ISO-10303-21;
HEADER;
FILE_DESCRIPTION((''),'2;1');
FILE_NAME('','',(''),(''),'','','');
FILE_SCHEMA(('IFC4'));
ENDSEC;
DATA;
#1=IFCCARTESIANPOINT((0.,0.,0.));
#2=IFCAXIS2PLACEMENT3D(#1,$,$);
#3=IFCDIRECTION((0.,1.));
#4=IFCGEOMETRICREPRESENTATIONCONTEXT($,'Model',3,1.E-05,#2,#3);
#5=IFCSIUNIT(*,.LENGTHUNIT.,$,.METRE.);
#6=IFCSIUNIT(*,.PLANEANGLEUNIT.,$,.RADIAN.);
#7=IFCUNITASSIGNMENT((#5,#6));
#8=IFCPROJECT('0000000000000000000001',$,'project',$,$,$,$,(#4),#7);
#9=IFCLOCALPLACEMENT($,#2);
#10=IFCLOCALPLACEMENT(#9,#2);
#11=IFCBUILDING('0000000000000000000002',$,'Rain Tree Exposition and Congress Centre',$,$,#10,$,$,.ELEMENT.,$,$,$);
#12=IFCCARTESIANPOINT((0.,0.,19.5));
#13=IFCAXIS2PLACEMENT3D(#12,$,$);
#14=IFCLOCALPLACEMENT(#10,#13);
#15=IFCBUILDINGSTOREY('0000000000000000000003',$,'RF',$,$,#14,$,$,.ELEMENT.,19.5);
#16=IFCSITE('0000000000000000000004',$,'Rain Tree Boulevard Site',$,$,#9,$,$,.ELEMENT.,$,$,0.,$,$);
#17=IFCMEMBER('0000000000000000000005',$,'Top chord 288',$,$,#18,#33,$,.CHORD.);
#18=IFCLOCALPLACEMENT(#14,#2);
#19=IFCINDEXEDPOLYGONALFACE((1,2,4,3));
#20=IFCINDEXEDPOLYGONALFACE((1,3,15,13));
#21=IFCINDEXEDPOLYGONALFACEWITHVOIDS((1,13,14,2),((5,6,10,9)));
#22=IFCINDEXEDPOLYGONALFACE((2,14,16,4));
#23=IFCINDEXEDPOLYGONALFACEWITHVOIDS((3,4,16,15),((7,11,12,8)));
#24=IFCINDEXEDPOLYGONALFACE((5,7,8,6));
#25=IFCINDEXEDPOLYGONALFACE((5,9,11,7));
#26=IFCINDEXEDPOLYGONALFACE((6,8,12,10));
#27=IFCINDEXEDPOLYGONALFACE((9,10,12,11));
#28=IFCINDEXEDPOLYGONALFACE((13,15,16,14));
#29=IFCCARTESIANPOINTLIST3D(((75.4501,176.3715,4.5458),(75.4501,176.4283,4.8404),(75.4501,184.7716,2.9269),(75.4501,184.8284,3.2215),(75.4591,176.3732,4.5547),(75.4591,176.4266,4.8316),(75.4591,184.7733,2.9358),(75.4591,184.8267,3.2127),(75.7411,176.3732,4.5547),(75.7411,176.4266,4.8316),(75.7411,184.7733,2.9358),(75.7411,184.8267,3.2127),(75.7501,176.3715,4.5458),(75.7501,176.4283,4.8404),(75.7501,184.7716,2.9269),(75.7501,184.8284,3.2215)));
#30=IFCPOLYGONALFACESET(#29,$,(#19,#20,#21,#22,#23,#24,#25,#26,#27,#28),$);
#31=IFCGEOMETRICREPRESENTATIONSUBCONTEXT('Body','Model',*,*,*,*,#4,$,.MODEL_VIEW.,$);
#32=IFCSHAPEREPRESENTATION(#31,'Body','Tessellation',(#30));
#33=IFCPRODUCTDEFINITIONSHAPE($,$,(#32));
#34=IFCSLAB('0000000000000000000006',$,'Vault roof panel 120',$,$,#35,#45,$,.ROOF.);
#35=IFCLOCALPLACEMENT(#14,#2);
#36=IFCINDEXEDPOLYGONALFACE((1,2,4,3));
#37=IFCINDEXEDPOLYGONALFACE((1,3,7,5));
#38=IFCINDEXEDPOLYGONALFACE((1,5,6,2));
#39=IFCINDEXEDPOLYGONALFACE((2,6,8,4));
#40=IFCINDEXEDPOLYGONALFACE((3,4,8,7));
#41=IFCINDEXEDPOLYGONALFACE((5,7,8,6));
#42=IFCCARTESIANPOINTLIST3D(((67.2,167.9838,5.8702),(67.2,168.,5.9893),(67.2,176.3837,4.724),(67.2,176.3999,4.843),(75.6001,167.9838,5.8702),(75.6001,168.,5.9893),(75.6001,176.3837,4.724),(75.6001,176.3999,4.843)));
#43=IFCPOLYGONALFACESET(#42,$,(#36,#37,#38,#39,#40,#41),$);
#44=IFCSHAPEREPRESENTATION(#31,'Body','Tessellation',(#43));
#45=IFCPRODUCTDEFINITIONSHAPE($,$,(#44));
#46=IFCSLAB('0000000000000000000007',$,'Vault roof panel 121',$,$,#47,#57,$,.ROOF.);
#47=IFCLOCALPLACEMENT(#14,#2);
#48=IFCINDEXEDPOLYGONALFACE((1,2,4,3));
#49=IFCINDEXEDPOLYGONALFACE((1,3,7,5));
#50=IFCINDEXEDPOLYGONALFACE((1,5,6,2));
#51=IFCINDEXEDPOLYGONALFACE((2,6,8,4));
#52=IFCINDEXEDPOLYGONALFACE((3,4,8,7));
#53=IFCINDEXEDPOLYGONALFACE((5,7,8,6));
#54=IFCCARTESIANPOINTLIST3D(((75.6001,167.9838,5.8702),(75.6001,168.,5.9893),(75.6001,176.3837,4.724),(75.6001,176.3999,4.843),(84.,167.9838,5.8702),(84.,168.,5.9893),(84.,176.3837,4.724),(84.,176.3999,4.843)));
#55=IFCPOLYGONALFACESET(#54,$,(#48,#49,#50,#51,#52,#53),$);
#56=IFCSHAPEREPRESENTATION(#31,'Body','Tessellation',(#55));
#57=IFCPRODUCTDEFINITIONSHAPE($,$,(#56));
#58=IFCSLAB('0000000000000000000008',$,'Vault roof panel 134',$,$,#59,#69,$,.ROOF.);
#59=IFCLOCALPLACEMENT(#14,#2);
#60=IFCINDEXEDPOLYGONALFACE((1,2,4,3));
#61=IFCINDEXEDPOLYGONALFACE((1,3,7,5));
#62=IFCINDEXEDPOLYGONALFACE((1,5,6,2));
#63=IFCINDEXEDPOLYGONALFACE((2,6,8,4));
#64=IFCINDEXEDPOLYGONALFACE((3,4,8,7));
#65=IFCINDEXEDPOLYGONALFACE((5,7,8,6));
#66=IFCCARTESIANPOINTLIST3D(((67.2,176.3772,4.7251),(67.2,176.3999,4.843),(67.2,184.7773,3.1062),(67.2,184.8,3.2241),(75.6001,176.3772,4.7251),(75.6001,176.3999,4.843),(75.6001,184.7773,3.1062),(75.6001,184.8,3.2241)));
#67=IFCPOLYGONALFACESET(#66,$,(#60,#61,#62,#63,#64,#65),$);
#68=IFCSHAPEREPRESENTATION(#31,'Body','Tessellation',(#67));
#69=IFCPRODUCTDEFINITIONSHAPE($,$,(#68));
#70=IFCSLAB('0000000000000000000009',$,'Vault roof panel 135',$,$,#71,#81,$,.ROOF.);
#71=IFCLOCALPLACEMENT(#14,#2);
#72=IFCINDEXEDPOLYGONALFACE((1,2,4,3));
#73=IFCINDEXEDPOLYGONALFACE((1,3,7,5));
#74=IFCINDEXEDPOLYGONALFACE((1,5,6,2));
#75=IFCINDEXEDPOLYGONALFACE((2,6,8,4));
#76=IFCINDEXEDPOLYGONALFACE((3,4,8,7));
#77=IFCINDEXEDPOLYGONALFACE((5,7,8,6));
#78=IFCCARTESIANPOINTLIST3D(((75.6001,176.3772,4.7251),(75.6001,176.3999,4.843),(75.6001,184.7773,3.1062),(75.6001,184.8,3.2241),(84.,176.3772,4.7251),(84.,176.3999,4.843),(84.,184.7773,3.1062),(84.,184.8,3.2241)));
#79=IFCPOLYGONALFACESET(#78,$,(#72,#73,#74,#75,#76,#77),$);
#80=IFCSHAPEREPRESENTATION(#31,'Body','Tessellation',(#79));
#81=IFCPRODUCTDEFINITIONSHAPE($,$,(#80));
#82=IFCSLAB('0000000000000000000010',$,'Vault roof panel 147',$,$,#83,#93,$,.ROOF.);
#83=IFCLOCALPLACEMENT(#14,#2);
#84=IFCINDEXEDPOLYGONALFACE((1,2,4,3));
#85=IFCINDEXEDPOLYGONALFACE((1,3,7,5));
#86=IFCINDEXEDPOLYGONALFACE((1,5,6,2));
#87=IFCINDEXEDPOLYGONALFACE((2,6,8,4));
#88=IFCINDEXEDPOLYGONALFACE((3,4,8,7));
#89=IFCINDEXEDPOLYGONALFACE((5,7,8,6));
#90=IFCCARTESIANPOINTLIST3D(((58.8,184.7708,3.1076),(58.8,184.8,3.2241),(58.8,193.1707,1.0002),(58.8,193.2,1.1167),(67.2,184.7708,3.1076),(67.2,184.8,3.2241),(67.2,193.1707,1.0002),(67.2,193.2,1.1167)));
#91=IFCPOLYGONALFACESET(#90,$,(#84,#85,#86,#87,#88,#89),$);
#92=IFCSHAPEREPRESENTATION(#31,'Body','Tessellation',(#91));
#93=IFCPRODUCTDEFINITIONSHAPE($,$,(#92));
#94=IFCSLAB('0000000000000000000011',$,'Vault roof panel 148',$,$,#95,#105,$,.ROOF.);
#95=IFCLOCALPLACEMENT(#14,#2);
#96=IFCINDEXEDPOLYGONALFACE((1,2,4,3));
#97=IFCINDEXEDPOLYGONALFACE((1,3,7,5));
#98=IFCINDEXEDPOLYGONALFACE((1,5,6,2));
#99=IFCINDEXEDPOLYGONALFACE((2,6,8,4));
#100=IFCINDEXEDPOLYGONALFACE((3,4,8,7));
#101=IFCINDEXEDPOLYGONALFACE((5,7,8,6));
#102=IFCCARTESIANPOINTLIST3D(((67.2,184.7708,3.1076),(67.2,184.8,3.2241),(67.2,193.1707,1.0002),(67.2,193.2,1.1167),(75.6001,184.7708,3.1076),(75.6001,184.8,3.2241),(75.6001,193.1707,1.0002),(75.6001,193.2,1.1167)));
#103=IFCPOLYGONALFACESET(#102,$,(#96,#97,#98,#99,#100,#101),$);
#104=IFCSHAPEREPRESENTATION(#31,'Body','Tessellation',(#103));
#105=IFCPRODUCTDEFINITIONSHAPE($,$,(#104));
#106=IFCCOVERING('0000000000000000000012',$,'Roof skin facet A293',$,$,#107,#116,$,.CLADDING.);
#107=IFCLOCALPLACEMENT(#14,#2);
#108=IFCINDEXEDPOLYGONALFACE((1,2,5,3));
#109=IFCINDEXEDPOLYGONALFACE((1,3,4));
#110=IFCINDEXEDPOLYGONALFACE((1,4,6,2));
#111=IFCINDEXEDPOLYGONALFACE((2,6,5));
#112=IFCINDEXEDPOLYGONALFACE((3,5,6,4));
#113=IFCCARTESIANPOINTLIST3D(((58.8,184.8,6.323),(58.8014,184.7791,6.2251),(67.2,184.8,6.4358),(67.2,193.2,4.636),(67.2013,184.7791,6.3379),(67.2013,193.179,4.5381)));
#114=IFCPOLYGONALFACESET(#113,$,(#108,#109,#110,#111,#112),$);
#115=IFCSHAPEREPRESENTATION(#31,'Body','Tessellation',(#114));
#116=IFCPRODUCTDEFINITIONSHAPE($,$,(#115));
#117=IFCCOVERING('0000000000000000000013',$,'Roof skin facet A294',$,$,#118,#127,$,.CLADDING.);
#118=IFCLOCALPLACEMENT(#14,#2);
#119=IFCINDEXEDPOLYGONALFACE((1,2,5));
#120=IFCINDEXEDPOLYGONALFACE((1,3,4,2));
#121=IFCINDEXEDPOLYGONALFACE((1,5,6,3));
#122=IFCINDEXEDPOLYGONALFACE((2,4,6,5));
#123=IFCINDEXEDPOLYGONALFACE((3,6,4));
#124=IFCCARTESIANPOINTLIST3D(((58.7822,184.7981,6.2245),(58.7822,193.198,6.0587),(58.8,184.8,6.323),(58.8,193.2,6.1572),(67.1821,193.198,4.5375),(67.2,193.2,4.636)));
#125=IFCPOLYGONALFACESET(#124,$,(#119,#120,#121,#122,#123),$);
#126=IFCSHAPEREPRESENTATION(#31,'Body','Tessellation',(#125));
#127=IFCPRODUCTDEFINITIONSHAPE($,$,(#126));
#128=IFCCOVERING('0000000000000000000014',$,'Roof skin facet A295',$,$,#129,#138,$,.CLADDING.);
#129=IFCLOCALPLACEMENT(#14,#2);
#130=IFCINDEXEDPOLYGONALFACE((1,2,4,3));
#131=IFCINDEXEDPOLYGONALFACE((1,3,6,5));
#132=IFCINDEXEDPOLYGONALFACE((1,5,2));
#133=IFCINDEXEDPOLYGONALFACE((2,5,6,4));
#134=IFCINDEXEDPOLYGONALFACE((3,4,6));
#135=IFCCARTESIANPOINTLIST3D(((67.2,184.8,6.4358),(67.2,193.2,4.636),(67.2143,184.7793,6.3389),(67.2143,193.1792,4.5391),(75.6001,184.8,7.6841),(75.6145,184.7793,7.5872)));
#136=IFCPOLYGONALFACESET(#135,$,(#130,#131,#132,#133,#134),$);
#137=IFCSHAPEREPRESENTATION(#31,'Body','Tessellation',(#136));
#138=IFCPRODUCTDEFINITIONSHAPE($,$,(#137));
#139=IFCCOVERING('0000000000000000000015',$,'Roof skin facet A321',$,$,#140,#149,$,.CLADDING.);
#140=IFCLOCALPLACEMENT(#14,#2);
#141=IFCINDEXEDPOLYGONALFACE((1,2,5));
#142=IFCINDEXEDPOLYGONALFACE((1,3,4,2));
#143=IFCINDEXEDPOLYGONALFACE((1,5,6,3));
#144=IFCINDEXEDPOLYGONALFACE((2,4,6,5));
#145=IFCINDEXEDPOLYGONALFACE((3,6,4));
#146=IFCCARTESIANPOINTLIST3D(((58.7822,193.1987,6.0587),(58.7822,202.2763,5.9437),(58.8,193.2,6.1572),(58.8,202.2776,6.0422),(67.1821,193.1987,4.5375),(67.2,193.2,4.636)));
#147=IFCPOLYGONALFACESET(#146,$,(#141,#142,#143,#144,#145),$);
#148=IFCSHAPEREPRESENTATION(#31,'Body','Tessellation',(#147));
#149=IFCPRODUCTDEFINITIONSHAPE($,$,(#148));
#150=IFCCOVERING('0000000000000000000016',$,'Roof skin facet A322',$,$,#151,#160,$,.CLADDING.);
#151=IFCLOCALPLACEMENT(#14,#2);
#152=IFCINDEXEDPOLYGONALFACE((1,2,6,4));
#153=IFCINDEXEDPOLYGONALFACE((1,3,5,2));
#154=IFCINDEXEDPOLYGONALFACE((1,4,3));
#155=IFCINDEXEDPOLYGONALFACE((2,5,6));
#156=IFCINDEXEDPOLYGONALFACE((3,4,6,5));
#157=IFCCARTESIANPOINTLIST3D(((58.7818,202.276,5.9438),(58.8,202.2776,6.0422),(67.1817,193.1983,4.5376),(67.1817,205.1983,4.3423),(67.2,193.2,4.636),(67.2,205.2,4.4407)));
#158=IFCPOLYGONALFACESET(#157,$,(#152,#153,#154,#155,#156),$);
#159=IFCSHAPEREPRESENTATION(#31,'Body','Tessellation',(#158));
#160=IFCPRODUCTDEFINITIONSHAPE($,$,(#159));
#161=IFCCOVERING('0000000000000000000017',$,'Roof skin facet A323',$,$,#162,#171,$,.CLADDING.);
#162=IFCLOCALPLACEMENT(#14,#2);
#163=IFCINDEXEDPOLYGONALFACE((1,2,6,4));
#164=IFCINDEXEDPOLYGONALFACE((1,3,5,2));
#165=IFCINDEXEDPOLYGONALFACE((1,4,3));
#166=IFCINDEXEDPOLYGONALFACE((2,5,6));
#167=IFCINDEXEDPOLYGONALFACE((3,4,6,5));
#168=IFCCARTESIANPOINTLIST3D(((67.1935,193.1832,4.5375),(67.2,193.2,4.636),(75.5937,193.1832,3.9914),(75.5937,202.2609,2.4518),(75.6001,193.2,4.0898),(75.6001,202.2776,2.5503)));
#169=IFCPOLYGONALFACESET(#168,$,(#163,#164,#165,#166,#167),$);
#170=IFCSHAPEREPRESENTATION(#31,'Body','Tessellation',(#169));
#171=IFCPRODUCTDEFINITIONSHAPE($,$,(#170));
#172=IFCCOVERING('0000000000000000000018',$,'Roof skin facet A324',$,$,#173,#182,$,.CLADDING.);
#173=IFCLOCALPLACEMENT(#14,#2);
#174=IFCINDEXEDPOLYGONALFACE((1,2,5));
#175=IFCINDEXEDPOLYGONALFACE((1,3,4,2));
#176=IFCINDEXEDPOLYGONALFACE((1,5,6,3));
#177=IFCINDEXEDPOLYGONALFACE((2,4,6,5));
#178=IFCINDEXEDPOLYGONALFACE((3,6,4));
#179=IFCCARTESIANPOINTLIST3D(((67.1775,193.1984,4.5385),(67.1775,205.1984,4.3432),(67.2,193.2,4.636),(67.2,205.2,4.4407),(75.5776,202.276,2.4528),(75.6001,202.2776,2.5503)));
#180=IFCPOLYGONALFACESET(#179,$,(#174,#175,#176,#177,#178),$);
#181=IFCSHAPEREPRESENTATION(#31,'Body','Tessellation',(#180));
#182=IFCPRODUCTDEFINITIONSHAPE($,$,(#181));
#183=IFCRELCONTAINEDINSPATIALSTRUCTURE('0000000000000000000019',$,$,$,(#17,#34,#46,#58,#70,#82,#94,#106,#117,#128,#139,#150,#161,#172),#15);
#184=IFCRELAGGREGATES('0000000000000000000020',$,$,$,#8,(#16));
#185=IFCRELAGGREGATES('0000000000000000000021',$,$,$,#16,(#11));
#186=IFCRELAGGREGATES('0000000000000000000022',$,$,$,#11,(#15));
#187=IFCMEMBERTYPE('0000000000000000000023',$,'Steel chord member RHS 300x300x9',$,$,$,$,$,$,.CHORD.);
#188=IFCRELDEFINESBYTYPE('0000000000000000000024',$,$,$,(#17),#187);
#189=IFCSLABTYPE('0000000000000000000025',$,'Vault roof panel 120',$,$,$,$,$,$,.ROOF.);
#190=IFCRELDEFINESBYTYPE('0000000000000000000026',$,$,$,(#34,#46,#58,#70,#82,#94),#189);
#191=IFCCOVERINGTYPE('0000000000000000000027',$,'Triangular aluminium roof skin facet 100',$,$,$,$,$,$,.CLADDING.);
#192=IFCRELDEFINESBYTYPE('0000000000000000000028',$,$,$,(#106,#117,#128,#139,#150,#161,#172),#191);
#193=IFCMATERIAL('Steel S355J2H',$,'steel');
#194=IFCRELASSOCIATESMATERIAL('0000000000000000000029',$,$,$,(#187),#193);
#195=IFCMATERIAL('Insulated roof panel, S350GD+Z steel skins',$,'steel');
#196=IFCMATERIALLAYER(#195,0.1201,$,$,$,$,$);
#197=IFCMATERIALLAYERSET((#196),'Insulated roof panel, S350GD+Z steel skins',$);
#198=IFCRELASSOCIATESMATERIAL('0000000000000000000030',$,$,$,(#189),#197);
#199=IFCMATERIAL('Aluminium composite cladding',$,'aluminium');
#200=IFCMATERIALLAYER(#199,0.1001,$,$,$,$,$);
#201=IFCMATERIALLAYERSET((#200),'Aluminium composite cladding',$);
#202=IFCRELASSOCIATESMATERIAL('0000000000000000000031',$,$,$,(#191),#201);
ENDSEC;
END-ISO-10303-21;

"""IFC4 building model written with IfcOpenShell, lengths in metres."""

from ifc_helpers import new_model, si_unit, direction, frame, origin, origin_2d, place, context, subcontext, project, spatial, polyline, hollow_rectangle, outline, extrude, material, layer, layer_set, material_profile, profile_set, type_object, element, save


model = new_model("IFC4")

# Units and contexts
model_context = context("Model", 3, precision=1e-05, world=origin(), true_north=direction((0.0, 1.0)))
body_context = subcontext(model_context, "Body", "Model", "MODEL_VIEW")
ifc_project = project(units=[si_unit("LENGTHUNIT", "METRE"), si_unit("PLANEANGLEUNIT", "RADIAN")], contexts=[model_context])

# Site, building, storey
site_placement = place(None, origin())
site = spatial("IfcSite", under=ifc_project, at=site_placement, Name="Rain Tree Boulevard Site", CompositionType="ELEMENT", RefElevation=0.0)
building_placement = place(site_placement, origin())
building = spatial("IfcBuilding", under=site, at=building_placement, Name="Rain Tree Exposition and Congress Centre", CompositionType="ELEMENT")
storey_placement = place(building_placement, frame((0.0, 0.0, 19.5)))
storey = spatial("IfcBuildingStorey", under=building, at=storey_placement, Name="RF", CompositionType="ELEMENT", Elevation=19.5)

# Member
ifc_material_1 = material(Name="Steel S355J2H", Category="steel")
ifc_material_profile_1 = material_profile(ifc_material_1, hollow_rectangle(XDim=0.3, YDim=0.3, WallThickness=0.009, at=origin_2d()), Name="RHS 300x300x9")
ifc_profile_set_1 = profile_set([ifc_material_profile_1], Name="Steel S355J2H")
member_type = type_object("IfcMemberType", Name="Steel chord member RHS 300x300x9", PredefinedType="CHORD", material=ifc_profile_set_1)
member_1_placement = place(storey_placement, frame((75.6001, 176.3999, 4.6931), z_axis=(0.0, 0.981931, -0.18924), x_axis=(-1.0, 0.0, 0.0)))
element("IfcMember", 1, at=member_1_placement, inside=storey, type_object=member_type, Name="Top chord 288", PredefinedType="CHORD", context=body_context, shape_type="SweptSolid", body=[
    extrude(hollow_rectangle(XDim=0.3, YDim=0.3, WallThickness=0.009, at=origin_2d()), origin(), (0.0, 0.0, 1.0), 8.5547),
])

# Slabs
ifc_material_2 = material(Name="Insulated roof panel, S350GD+Z steel skins", Category="steel")
ifc_layer_1 = layer(ifc_material_2, 0.1201)
ifc_layer_set_1 = layer_set([ifc_layer_1], Name="Insulated roof panel, S350GD+Z steel skins")
slab_type = type_object("IfcSlabType", Name="Vault roof panel 120", PredefinedType="ROOF", material=ifc_layer_set_1)
slab_1_placement = place(storey_placement, frame((67.2, 168.0, 5.9893), z_axis=(0.0, 0.135206, 0.990818), x_axis=(1.0, 0.0, 0.0)))
element("IfcSlab", 2, at=slab_1_placement, inside=storey, type_object=slab_type, Name="Vault roof panel 120", PredefinedType="ROOF", context=body_context, shape_type="SweptSolid", body=[
    extrude(outline(polyline([(0.0, 0.0), (8.4001, 0.0), (8.4001, 8.4777), (0.0, 8.4777), (0.0, 0.0)])), origin(), (0.0, 0.0, -1.0), 0.1201),
])
slab_2_placement = place(storey_placement, frame((75.6001, 168.0, 5.9893), z_axis=(0.0, 0.135206, 0.990818), x_axis=(1.0, 0.0, 0.0)))
element("IfcSlab", 3, at=slab_2_placement, inside=storey, type_object=slab_type, Name="Vault roof panel 121", PredefinedType="ROOF", context=body_context, shape_type="SweptSolid", body=[
    extrude(outline(polyline([(0.0, 0.0), (8.3999, 0.0), (8.3999, 8.4777), (0.0, 8.4777), (0.0, 0.0)])), origin(), (0.0, 0.0, -1.0), 0.1201),
])
slab_3_placement = place(storey_placement, frame((67.2, 176.3999, 4.843), z_axis=(0.0, 0.18924, 0.981931), x_axis=(1.0, 0.0, 0.0)))
element("IfcSlab", 4, at=slab_3_placement, inside=storey, type_object=slab_type, Name="Vault roof panel 134", PredefinedType="ROOF", context=body_context, shape_type="SweptSolid", body=[
    extrude(outline(polyline([(0.0, 0.0), (8.4001, 0.0), (8.4001, 8.5547), (0.0, 8.5547), (0.0, 0.0)])), origin(), (0.0, 0.0, -1.0), 0.1201),
])
slab_4_placement = place(storey_placement, frame((75.6001, 176.3999, 4.843), z_axis=(0.0, 0.18924, 0.981931), x_axis=(1.0, 0.0, 0.0)))
element("IfcSlab", 5, at=slab_4_placement, inside=storey, type_object=slab_type, Name="Vault roof panel 135", PredefinedType="ROOF", context=body_context, shape_type="SweptSolid", body=[
    extrude(outline(polyline([(0.0, 0.0), (8.3999, 0.0), (8.3999, 8.5547), (0.0, 8.5547), (0.0, 0.0)])), origin(), (0.0, 0.0, -1.0), 0.1201),
])
slab_5_placement = place(storey_placement, frame((58.8, 184.8, 3.2241), z_axis=(0.0, 0.243345, 0.96994), x_axis=(1.0, 0.0, 0.0)))
element("IfcSlab", 6, at=slab_5_placement, inside=storey, type_object=slab_type, Name="Vault roof panel 147", PredefinedType="ROOF", context=body_context, shape_type="SweptSolid", body=[
    extrude(outline(polyline([(0.0, 0.0), (8.3999, 0.0), (8.3999, 8.6602), (0.0, 8.6602), (0.0, 0.0)])), origin(), (0.0, 0.0, -1.0), 0.1201),
])
slab_6_placement = place(storey_placement, frame((67.2, 184.8, 3.2241), z_axis=(0.0, 0.243345, 0.96994), x_axis=(1.0, 0.0, 0.0)))
element("IfcSlab", 7, at=slab_6_placement, inside=storey, type_object=slab_type, Name="Vault roof panel 148", PredefinedType="ROOF", context=body_context, shape_type="SweptSolid", body=[
    extrude(outline(polyline([(0.0, 0.0), (8.4001, 0.0), (8.4001, 8.6602), (0.0, 8.6602), (0.0, 0.0)])), origin(), (0.0, 0.0, -1.0), 0.1201),
])

# Coverings
ifc_material_3 = material(Name="Aluminium composite cladding", Category="aluminium")
ifc_layer_2 = layer(ifc_material_3, 0.1001)
ifc_layer_set_2 = layer_set([ifc_layer_2], Name="Aluminium composite cladding")
covering_type = type_object("IfcCoveringType", Name="Triangular aluminium roof skin facet 100", PredefinedType="CLADDING", material=ifc_layer_set_2)
covering_1_placement = place(storey_placement, frame((58.8, 184.8, 6.323), z_axis=(-0.013129, 0.209492, 0.977722), x_axis=(0.99991, 0.0, 0.013427)))
element("IfcCovering", 8, at=covering_1_placement, inside=storey, type_object=covering_type, Name="Roof skin facet A293", PredefinedType="CLADDING", context=body_context, shape_type="SweptSolid", body=[
    extrude(outline(polyline([(0.0, 0.0), (8.4007, 0.0), (8.3765, 8.5905), (0.0, 0.0)])), origin(), (0.0, 0.0, -1.0), 0.1001),
])
covering_2_placement = place(storey_placement, frame((58.8, 184.8, 6.323), z_axis=(0.17817, 0.019415, 0.983808), x_axis=(0.700082, 0.700082, -0.140603)))
element("IfcCovering", 9, at=covering_2_placement, inside=storey, type_object=covering_type, Name="Roof skin facet A294", PredefinedType="CLADDING", context=body_context, shape_type="SweptSolid", body=[
    extrude(outline(polyline([(0.0, 0.0), (11.9984, 0.0), (5.9039, 5.9774), (0.0, 0.0)])), origin(), (0.0, 0.0, -1.0), 0.1001),
])
covering_3_placement = place(storey_placement, frame((67.2, 184.8, 6.4358), z_axis=(-0.143795, 0.207332, 0.967645), x_axis=(0.989138, 0.0, 0.146989)))
element("IfcCovering", 10, at=covering_3_placement, inside=storey, type_object=covering_type, Name="Roof skin facet A295", PredefinedType="CLADDING", context=body_context, shape_type="SweptSolid", body=[
    extrude(outline(polyline([(0.0, 0.0), (8.4924, 0.0), (-0.2646, 8.5865), (0.0, 0.0)])), origin(), (0.0, 0.0, -1.0), 0.1001),
])
covering_4_placement = place(storey_placement, frame((58.8, 193.2, 6.1572), z_axis=(0.17819, 0.012464, 0.983917), x_axis=(0.983994, 0.0, -0.178203)))
element("IfcCovering", 11, at=covering_4_placement, inside=storey, type_object=covering_type, Name="Roof skin facet A321", PredefinedType="CLADDING", context=body_context, shape_type="SweptSolid", body=[
    extrude(outline(polyline([(0.0, 0.0), (8.5365, 0.0), (0.0205, 9.0783), (0.0, 0.0)])), origin(), (0.0, 0.0, -1.0), 0.1001),
])
covering_5_placement = place(storey_placement, frame((67.2, 193.2, 4.636), z_axis=(0.181892, 0.016002, 0.983188), x_axis=(0.0, 0.999868, -0.016274)))
element("IfcCovering", 12, at=covering_5_placement, inside=storey, type_object=covering_type, Name="Roof skin facet A322", PredefinedType="CLADDING", context=body_context, shape_type="SweptSolid", body=[
    extrude(outline(polyline([(0.0, 0.0), (12.0016, 0.0), (9.0535, 8.5424), (0.0, 0.0)])), origin(), (0.0, 0.0, -1.0), 0.1001),
])
covering_6_placement = place(storey_placement, frame((67.2, 193.2, 4.636), z_axis=(0.063969, 0.166868, 0.983902), x_axis=(0.997893, 0.0, -0.064879)))
element("IfcCovering", 13, at=covering_6_placement, inside=storey, type_object=covering_type, Name="Roof skin facet A323", PredefinedType="CLADDING", context=body_context, shape_type="SweptSolid", body=[
    extrude(outline(polyline([(0.0, 0.0), (8.4179, 0.0), (8.5178, 9.2067), (0.0, 0.0)])), origin(), (0.0, 0.0, -1.0), 0.1001),
])
covering_7_placement = place(storey_placement, frame((67.2, 193.2, 4.636), z_axis=(0.224771, 0.015857, 0.974283), x_axis=(0.669731, 0.723746, -0.166289)))
element("IfcCovering", 14, at=covering_7_placement, inside=storey, type_object=covering_type, Name="Roof skin facet A324", PredefinedType="CLADDING", context=body_context, shape_type="SweptSolid", body=[
    extrude(outline(polyline([(0.0, 0.0), (12.5426, 0.0), (8.7174, 8.2489), (0.0, 0.0)])), origin(), (0.0, 0.0, -1.0), 0.1001),
])

save(model, "model.ifc")
